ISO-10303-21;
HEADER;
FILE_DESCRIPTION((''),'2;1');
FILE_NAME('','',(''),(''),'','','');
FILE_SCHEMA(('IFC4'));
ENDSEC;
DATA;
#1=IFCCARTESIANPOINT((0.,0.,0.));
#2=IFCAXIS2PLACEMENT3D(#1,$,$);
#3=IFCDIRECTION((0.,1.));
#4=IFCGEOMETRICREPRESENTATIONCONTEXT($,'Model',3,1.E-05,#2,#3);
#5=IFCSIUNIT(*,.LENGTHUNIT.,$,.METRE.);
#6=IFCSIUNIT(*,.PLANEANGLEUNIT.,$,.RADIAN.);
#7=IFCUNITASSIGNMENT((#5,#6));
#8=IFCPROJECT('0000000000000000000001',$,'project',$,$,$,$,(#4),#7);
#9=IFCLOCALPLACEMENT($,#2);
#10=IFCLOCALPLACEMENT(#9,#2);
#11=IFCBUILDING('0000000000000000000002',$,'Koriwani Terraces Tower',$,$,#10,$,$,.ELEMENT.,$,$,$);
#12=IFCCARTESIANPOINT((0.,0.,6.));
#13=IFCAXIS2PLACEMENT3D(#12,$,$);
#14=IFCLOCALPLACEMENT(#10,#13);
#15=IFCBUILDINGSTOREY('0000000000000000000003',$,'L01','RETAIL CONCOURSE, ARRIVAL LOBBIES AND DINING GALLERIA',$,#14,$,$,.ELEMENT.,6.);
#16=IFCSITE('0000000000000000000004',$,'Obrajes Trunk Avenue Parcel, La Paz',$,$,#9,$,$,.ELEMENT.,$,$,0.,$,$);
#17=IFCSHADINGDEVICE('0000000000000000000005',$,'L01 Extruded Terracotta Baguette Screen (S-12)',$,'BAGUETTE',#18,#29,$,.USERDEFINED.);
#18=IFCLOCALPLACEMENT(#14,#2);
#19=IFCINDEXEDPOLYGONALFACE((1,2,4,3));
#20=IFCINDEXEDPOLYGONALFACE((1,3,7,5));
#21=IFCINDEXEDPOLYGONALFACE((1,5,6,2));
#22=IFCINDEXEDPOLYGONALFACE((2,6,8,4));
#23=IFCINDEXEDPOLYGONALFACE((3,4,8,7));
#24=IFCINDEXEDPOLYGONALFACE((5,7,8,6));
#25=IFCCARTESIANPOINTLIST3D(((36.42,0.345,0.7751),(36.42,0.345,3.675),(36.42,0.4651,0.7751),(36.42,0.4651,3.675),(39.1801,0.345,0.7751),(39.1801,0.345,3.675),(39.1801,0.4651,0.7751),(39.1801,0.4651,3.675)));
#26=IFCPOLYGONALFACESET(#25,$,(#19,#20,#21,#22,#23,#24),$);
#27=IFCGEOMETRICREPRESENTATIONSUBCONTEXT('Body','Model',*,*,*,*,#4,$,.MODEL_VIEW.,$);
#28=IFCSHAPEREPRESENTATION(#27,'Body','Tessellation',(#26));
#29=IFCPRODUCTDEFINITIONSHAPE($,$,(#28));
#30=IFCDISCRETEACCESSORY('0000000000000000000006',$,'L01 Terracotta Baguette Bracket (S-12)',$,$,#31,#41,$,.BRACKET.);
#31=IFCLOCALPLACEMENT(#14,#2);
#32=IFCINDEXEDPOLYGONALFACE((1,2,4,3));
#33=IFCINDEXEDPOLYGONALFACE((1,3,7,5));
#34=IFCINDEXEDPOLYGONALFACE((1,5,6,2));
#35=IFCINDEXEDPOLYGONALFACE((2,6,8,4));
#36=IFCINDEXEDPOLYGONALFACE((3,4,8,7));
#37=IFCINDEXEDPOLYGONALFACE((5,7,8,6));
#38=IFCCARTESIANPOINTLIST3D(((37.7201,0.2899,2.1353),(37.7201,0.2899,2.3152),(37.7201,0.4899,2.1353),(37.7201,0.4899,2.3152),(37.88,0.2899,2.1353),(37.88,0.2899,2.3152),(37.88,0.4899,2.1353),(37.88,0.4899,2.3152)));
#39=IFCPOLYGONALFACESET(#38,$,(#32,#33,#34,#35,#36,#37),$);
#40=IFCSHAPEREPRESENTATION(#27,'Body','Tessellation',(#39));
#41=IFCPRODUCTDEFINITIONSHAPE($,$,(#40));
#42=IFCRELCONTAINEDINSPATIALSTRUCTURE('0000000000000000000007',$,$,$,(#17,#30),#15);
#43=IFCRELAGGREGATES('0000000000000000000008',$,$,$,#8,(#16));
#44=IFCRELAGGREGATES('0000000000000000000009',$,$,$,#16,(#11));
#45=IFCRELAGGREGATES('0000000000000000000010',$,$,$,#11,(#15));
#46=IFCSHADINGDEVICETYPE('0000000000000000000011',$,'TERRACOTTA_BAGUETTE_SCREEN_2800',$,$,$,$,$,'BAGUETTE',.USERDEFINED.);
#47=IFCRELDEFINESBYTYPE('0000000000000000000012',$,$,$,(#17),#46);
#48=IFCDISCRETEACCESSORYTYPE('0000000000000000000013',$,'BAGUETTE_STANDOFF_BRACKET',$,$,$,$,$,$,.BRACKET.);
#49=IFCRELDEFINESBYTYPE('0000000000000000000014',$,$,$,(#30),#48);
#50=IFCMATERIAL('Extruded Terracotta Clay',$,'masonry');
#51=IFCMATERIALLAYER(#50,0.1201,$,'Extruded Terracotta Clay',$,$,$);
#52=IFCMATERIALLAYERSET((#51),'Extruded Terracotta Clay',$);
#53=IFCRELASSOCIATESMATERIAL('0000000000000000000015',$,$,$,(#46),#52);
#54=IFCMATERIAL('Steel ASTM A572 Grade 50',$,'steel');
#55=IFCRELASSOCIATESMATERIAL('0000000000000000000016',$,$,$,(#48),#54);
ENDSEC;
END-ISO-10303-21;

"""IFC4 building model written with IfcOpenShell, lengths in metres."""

from ifc_helpers import new_model, si_unit, direction, frame, origin, origin_2d, place, context, subcontext, project, spatial, rectangle, extrude, material, layer, layer_set, type_object, element, save


model = new_model("IFC4")

# Units and contexts
model_context = context("Model", 3, precision=1e-05, world=origin(), true_north=direction((0.0, 1.0)))
body_context = subcontext(model_context, "Body", "Model", "MODEL_VIEW")
ifc_project = project(units=[si_unit("LENGTHUNIT", "METRE"), si_unit("PLANEANGLEUNIT", "RADIAN")], contexts=[model_context])

# Site, building, storey
site_placement = place(None, origin())
site = spatial("IfcSite", under=ifc_project, at=site_placement, Name="Obrajes Trunk Avenue Parcel, La Paz", CompositionType="ELEMENT", RefElevation=0.0)
building_placement = place(site_placement, origin())
building = spatial("IfcBuilding", under=site, at=building_placement, Name="Koriwani Terraces Tower", CompositionType="ELEMENT")
storey_placement = place(building_placement, frame((0.0, 0.0, 6.0)))
storey = spatial("IfcBuildingStorey", under=building, at=storey_placement, Name="L01", Description="RETAIL CONCOURSE, ARRIVAL LOBBIES AND DINING GALLERIA", CompositionType="ELEMENT", Elevation=6.0)

# Shared definitions
ifc_material_1 = material(Name="Steel ASTM A572 Grade 50", Category="steel")

# Shading device
ifc_material_2 = material(Name="Extruded Terracotta Clay", Category="masonry")
ifc_layer_1 = layer(ifc_material_2, 0.1201, Name="Extruded Terracotta Clay")
ifc_layer_set_1 = layer_set([ifc_layer_1], Name="Extruded Terracotta Clay")
shading_device_type = type_object("IfcShadingDeviceType", Name="TERRACOTTA_BAGUETTE_SCREEN_2800", ElementType="BAGUETTE", PredefinedType="USERDEFINED", material=ifc_layer_set_1)
shading_device_placement = place(storey_placement, frame((37.8, 0.405, 0.7751), z_axis=(0.0, 0.0, 1.0), x_axis=(-1.0, 0.0, 0.0)))
element("IfcShadingDevice", 1, at=shading_device_placement, inside=storey, type_object=shading_device_type, Name="L01 Extruded Terracotta Baguette Screen (S-12)", ObjectType="BAGUETTE", PredefinedType="USERDEFINED", context=body_context, shape_type="SweptSolid", body=[
    extrude(rectangle(XDim=2.76, YDim=0.1201, at=origin_2d()), origin(), (0.0, 0.0, 1.0), 2.8999),
])

# Discrete accessory
discrete_accessory_type = type_object("IfcDiscreteAccessoryType", Name="BAGUETTE_STANDOFF_BRACKET", PredefinedType="BRACKET", material=ifc_material_1)
discrete_accessory_placement = place(storey_placement, frame((37.8, 0.3899, 2.1353), z_axis=(0.0, 0.0, 1.0), x_axis=(-1.0, 0.0, 0.0)))
element("IfcDiscreteAccessory", 2, at=discrete_accessory_placement, inside=storey, type_object=discrete_accessory_type, Name="L01 Terracotta Baguette Bracket (S-12)", PredefinedType="BRACKET", context=body_context, shape_type="SweptSolid", body=[
    extrude(rectangle(XDim=0.1599, YDim=0.2, at=origin_2d()), origin(), (0.0, 0.0, 1.0), 0.1799),
])

save(model, "model.ifc")
